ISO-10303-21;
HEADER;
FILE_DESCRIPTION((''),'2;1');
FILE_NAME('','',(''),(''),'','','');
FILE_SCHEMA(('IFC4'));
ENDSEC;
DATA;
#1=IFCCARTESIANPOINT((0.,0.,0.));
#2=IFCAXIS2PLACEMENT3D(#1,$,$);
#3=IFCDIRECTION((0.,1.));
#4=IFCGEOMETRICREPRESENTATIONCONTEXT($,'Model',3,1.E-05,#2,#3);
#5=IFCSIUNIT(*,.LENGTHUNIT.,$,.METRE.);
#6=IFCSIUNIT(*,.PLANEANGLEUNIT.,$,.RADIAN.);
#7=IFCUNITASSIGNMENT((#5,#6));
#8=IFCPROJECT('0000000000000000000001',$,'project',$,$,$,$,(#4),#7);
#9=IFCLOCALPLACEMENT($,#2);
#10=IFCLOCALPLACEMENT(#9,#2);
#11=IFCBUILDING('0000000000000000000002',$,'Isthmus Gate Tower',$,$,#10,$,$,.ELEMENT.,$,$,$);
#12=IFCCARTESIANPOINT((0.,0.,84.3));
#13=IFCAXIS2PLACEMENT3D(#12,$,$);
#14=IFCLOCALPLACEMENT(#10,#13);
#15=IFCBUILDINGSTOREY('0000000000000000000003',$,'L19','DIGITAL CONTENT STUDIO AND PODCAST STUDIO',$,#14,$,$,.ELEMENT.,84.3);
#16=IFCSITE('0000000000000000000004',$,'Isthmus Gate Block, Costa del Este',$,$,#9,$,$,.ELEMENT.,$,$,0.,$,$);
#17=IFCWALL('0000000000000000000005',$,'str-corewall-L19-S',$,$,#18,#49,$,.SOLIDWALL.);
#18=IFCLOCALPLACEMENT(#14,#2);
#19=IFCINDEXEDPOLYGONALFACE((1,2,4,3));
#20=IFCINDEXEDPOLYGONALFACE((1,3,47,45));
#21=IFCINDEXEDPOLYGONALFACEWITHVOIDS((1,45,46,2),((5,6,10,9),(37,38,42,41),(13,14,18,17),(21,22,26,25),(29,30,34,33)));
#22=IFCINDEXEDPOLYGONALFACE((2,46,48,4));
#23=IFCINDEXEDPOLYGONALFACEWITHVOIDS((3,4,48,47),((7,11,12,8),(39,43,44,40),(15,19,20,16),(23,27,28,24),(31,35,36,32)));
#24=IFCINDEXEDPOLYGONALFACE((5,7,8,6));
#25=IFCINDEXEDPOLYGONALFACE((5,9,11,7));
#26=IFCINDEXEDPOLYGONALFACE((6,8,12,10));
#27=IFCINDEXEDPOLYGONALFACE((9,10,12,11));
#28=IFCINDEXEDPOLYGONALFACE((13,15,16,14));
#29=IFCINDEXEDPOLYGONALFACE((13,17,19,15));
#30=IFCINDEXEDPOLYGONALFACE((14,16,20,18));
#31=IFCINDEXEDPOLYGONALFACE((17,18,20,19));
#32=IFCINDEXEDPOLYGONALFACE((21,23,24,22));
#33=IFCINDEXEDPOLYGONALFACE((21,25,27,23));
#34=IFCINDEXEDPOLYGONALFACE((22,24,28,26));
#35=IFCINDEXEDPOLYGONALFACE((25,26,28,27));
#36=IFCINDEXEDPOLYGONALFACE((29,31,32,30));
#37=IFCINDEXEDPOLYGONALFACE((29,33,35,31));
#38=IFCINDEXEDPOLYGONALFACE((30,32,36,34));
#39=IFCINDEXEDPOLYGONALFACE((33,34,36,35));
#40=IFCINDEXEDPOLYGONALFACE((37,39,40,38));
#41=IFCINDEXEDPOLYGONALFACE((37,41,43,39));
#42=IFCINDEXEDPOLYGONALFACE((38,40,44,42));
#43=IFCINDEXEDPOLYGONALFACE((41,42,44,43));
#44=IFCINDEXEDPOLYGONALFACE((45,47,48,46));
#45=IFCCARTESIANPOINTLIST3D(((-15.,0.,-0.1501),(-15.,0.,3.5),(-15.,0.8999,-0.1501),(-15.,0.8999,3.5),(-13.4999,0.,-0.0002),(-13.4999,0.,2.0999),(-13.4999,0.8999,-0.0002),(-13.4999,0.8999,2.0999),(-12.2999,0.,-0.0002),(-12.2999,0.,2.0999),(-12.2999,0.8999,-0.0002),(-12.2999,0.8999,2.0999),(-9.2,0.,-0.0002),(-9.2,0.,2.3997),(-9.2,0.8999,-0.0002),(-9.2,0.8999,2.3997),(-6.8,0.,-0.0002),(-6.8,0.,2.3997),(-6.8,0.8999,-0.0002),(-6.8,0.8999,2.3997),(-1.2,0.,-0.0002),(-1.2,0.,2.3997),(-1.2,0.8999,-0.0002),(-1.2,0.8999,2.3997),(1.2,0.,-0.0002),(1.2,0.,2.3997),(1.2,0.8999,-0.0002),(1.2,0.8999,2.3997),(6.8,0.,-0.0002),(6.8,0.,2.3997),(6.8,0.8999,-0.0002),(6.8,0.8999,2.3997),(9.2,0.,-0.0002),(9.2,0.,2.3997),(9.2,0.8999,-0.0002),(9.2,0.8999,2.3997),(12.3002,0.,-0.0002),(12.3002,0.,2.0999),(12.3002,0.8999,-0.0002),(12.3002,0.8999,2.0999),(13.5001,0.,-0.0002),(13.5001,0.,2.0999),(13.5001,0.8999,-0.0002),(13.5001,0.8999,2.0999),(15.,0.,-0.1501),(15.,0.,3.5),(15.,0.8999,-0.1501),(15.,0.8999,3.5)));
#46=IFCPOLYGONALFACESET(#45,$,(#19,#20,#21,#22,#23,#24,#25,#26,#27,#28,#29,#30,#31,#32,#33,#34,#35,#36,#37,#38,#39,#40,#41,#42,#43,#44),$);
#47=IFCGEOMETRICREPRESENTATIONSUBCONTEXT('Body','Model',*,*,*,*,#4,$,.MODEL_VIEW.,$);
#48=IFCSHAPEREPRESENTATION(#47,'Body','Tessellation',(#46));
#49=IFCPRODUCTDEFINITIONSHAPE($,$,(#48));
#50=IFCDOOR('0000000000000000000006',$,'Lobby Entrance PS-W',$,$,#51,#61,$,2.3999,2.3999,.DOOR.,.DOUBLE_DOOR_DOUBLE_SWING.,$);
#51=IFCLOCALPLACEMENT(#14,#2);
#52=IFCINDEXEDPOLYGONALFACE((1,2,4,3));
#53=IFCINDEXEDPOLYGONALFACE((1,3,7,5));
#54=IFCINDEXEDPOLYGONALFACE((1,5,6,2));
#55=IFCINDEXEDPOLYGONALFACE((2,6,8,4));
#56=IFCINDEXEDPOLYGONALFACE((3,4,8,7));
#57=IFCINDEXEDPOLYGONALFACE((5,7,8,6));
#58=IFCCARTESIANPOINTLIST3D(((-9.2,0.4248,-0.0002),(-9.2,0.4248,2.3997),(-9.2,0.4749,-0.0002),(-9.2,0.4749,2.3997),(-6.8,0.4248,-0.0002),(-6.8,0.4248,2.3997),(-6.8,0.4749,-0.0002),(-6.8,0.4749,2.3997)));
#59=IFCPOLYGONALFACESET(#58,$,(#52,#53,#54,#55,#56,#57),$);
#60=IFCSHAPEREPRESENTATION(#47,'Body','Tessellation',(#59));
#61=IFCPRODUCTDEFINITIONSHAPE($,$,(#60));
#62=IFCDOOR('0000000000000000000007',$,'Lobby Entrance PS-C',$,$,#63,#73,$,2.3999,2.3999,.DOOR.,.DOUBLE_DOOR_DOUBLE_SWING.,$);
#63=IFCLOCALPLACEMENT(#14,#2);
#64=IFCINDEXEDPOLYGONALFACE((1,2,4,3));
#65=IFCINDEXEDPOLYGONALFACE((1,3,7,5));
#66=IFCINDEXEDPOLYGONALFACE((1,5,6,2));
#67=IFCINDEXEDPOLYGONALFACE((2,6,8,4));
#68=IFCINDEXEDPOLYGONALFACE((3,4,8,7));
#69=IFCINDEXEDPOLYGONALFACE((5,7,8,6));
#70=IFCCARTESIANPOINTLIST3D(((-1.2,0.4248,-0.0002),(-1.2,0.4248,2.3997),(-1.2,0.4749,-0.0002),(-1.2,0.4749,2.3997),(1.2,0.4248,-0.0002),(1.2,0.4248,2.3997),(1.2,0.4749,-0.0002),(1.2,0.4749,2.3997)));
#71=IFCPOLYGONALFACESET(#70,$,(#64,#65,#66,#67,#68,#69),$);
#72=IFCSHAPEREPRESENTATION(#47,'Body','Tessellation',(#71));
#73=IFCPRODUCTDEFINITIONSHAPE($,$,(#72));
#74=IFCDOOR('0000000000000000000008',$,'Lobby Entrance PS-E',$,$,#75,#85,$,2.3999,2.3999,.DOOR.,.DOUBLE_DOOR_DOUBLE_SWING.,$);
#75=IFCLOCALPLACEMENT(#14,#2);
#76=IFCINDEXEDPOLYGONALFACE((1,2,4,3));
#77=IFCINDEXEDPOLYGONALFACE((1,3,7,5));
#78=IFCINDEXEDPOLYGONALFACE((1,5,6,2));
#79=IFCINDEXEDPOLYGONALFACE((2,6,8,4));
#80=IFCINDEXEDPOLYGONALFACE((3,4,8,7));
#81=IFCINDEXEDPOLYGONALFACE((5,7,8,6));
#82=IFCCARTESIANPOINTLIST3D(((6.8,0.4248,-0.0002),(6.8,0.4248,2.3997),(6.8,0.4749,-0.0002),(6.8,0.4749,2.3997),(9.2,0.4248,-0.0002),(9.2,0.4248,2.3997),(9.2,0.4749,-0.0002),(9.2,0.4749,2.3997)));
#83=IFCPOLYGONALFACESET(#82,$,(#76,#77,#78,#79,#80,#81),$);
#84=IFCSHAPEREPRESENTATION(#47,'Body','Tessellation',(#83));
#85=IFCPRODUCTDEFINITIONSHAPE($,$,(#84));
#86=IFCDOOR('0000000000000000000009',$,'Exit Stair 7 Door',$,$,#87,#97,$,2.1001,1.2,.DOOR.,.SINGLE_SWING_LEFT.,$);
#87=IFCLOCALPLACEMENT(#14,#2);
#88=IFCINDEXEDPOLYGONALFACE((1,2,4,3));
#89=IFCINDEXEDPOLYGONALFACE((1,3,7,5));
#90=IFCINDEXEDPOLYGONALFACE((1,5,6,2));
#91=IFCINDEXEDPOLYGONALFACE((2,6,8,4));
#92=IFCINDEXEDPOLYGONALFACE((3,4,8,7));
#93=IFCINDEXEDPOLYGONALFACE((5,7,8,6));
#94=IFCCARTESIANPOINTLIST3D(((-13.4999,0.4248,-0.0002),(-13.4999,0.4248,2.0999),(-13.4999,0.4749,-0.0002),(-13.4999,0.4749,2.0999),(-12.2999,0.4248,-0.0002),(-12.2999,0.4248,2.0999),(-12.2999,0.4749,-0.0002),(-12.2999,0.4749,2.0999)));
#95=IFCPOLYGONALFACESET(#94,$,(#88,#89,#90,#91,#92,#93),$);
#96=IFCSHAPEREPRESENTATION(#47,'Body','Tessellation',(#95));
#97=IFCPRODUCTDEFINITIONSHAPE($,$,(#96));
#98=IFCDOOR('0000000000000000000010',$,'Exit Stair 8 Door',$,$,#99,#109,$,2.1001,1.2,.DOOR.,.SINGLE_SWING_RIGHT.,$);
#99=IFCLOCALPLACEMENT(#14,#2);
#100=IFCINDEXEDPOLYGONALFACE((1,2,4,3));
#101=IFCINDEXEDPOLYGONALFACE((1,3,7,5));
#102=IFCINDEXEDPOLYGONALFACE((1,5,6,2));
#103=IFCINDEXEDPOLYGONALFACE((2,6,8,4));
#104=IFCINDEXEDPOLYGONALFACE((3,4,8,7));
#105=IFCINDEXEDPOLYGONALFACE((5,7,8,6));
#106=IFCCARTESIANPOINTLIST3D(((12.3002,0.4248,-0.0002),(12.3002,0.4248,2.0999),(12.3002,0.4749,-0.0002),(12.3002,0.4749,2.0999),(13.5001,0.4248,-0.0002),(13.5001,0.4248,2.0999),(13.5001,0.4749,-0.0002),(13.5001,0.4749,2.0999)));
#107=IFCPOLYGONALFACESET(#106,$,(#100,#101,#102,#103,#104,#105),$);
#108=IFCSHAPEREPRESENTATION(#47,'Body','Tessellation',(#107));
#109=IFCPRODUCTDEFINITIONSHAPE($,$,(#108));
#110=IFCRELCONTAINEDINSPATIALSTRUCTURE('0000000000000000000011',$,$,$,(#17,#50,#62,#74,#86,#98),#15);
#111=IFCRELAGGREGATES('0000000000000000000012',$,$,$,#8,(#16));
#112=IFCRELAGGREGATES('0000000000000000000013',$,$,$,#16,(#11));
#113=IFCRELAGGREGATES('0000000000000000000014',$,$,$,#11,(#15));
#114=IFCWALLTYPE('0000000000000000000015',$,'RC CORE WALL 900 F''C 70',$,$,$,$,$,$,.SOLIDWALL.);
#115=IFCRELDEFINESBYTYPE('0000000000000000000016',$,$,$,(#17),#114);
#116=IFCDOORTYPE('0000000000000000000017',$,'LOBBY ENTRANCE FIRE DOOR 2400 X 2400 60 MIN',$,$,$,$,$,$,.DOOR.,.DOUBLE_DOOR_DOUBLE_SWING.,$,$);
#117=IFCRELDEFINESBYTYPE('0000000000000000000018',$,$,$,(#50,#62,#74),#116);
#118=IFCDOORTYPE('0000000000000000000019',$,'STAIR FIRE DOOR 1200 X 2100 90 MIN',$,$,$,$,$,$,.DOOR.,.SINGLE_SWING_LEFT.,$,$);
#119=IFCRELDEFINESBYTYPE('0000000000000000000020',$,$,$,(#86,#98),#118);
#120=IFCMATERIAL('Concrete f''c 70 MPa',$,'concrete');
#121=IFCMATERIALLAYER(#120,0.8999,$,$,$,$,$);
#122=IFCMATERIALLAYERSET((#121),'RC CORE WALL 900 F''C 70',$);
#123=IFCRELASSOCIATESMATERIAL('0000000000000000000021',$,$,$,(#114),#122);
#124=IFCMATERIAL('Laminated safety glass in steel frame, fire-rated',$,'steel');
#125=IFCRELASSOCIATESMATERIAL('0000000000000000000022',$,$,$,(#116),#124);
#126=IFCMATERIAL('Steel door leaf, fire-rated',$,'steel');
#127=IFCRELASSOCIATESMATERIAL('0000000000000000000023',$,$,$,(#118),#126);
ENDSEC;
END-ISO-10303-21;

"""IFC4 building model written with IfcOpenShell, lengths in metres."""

from ifc_helpers import new_model, si_unit, direction, frame, frame_2d, origin, place, context, subcontext, project, spatial, rectangle, extrude, material, layer, layer_set, type_object, element, fill, save


model = new_model("IFC4")

# Units and contexts
model_context = context("Model", 3, precision=1e-05, world=origin(), true_north=direction((0.0, 1.0)))
body_context = subcontext(model_context, "Body", "Model", "MODEL_VIEW")
ifc_project = project(units=[si_unit("LENGTHUNIT", "METRE"), si_unit("PLANEANGLEUNIT", "RADIAN")], contexts=[model_context])

# Site, building, storey
site_placement = place(None, origin())
site = spatial("IfcSite", under=ifc_project, at=site_placement, Name="Isthmus Gate Block, Costa del Este", CompositionType="ELEMENT", RefElevation=0.0)
building_placement = place(site_placement, origin())
building = spatial("IfcBuilding", under=site, at=building_placement, Name="Isthmus Gate Tower", CompositionType="ELEMENT")
storey_placement = place(building_placement, frame((0.0, 0.0, 84.3)))
storey = spatial("IfcBuildingStorey", under=building, at=storey_placement, Name="L19", Description="DIGITAL CONTENT STUDIO AND PODCAST STUDIO", CompositionType="ELEMENT", Elevation=84.3)

# Wall, openings, doors
ifc_material_1 = material(Name="Concrete f'c 70 MPa", Category="concrete")
ifc_layer_1 = layer(ifc_material_1, 0.8999)
ifc_layer_set_1 = layer_set([ifc_layer_1], Name="RC CORE WALL 900 F'C 70")
wall_type_1 = type_object("IfcWallType", Name="RC CORE WALL 900 F'C 70", PredefinedType="SOLIDWALL", material=ifc_layer_set_1)
wall_1_placement = place(storey_placement, frame((-15.0, 0.45, -0.1501), z_axis=(0.0, 0.0, 1.0), x_axis=(1.0, 0.0, 0.0)))
wall_1 = element("IfcWall", 1, at=wall_1_placement, inside=storey, type_object=wall_type_1, Name="str-corewall-L19-S", PredefinedType="SOLIDWALL", context=body_context, shape_type="SweptSolid", body=[
    extrude(rectangle(XDim=30.0, YDim=0.8999, at=frame_2d((15.0, 0.0))), origin(), (0.0, 0.0, 1.0), 3.6501),
])
opening_1_placement = place(wall_1_placement, frame((5.8, 0.0, 0.1499)))
opening_1 = element("IfcOpeningElement", 2, at=opening_1_placement, cuts=wall_1, PredefinedType="OPENING", context=body_context, shape_type="SweptSolid", body=[
    extrude(rectangle(XDim=2.3999, YDim=2.3999, at=frame_2d((1.2, 1.2))), frame((0.0, 0.46, 0.0), z_axis=(0.0, -1.0, 0.0), x_axis=(1.0, 0.0, 0.0)), (0.0, 0.0, 1.0), 0.9199),
])
opening_2_placement = place(wall_1_placement, frame((13.8, 0.0, 0.1499)))
opening_2 = element("IfcOpeningElement", 3, at=opening_2_placement, cuts=wall_1, PredefinedType="OPENING", context=body_context, shape_type="SweptSolid", body=[
    extrude(rectangle(XDim=2.3999, YDim=2.3999, at=frame_2d((1.2, 1.2))), frame((0.0, 0.46, 0.0), z_axis=(0.0, -1.0, 0.0), x_axis=(1.0, 0.0, 0.0)), (0.0, 0.0, 1.0), 0.9199),
])
opening_3_placement = place(wall_1_placement, frame((21.8, 0.0, 0.1499)))
opening_3 = element("IfcOpeningElement", 4, at=opening_3_placement, cuts=wall_1, PredefinedType="OPENING", context=body_context, shape_type="SweptSolid", body=[
    extrude(rectangle(XDim=2.3999, YDim=2.3999, at=frame_2d((1.2, 1.2))), frame((0.0, 0.46, 0.0), z_axis=(0.0, -1.0, 0.0), x_axis=(1.0, 0.0, 0.0)), (0.0, 0.0, 1.0), 0.9199),
])
opening_4_placement = place(wall_1_placement, frame((1.5, 0.0, 0.1499)))
opening_4 = element("IfcOpeningElement", 5, at=opening_4_placement, cuts=wall_1, PredefinedType="OPENING", context=body_context, shape_type="SweptSolid", body=[
    extrude(rectangle(XDim=1.2, YDim=2.1001, at=frame_2d((0.6001, 1.05))), frame((0.0, 0.46, 0.0), z_axis=(0.0, -1.0, 0.0), x_axis=(1.0, 0.0, 0.0)), (0.0, 0.0, 1.0), 0.9199),
])
opening_5_placement = place(wall_1_placement, frame((27.3, 0.0, 0.1499)))
opening_5 = element("IfcOpeningElement", 6, at=opening_5_placement, cuts=wall_1, PredefinedType="OPENING", context=body_context, shape_type="SweptSolid", body=[
    extrude(rectangle(XDim=1.2, YDim=2.1001, at=frame_2d((0.6001, 1.05))), frame((0.0, 0.46, 0.0), z_axis=(0.0, -1.0, 0.0), x_axis=(1.0, 0.0, 0.0)), (0.0, 0.0, 1.0), 0.9199),
])
ifc_material_2 = material(Name="Laminated safety glass in steel frame, fire-rated", Category="steel")
door_type_1 = type_object("IfcDoorType", Name="LOBBY ENTRANCE FIRE DOOR 2400 X 2400 60 MIN", OperationType="DOUBLE_DOOR_DOUBLE_SWING", PredefinedType="DOOR", material=ifc_material_2)
door_1_placement = place(opening_1_placement, origin())
door_1 = element("IfcDoor", 7, at=door_1_placement, inside=storey, type_object=door_type_1, Name="Lobby Entrance PS-W", OperationType="DOUBLE_DOOR_DOUBLE_SWING", OverallHeight=2.3999, OverallWidth=2.3999, PredefinedType="DOOR", context=body_context, shape_type="SweptSolid", body=[
    extrude(rectangle(XDim=2.3999, YDim=2.3999, at=frame_2d((1.2, 1.2))), frame((0.0, 0.0249, 0.0), z_axis=(0.0, -1.0, 0.0), x_axis=(1.0, 0.0, 0.0)), (0.0, 0.0, 1.0), 0.05),
])
fill(opening_1, door_1)
door_2_placement = place(opening_2_placement, origin())
door_2 = element("IfcDoor", 8, at=door_2_placement, inside=storey, type_object=door_type_1, Name="Lobby Entrance PS-C", OperationType="DOUBLE_DOOR_DOUBLE_SWING", OverallHeight=2.3999, OverallWidth=2.3999, PredefinedType="DOOR", context=body_context, shape_type="SweptSolid", body=[
    extrude(rectangle(XDim=2.3999, YDim=2.3999, at=frame_2d((1.2, 1.2))), frame((0.0, 0.0249, 0.0), z_axis=(0.0, -1.0, 0.0), x_axis=(1.0, 0.0, 0.0)), (0.0, 0.0, 1.0), 0.05),
])
fill(opening_2, door_2)
door_3_placement = place(opening_3_placement, origin())
door_3 = element("IfcDoor", 9, at=door_3_placement, inside=storey, type_object=door_type_1, Name="Lobby Entrance PS-E", OperationType="DOUBLE_DOOR_DOUBLE_SWING", OverallHeight=2.3999, OverallWidth=2.3999, PredefinedType="DOOR", context=body_context, shape_type="SweptSolid", body=[
    extrude(rectangle(XDim=2.3999, YDim=2.3999, at=frame_2d((1.2, 1.2))), frame((0.0, 0.0249, 0.0), z_axis=(0.0, -1.0, 0.0), x_axis=(1.0, 0.0, 0.0)), (0.0, 0.0, 1.0), 0.05),
])
fill(opening_3, door_3)
ifc_material_3 = material(Name="Steel door leaf, fire-rated", Category="steel")
door_type_2 = type_object("IfcDoorType", Name="STAIR FIRE DOOR 1200 X 2100 90 MIN", OperationType="SINGLE_SWING_LEFT", PredefinedType="DOOR", material=ifc_material_3)
door_4_placement = place(opening_4_placement, origin())
door_4 = element("IfcDoor", 10, at=door_4_placement, inside=storey, type_object=door_type_2, Name="Exit Stair 7 Door", OperationType="SINGLE_SWING_LEFT", OverallHeight=2.1001, OverallWidth=1.2, PredefinedType="DOOR", context=body_context, shape_type="SweptSolid", body=[
    extrude(rectangle(XDim=1.2, YDim=2.1001, at=frame_2d((0.6001, 1.05))), frame((0.0, 0.0249, 0.0), z_axis=(0.0, -1.0, 0.0), x_axis=(1.0, 0.0, 0.0)), (0.0, 0.0, 1.0), 0.05),
])
fill(opening_4, door_4)
door_5_placement = place(opening_5_placement, origin())
door_5 = element("IfcDoor", 11, at=door_5_placement, inside=storey, type_object=door_type_2, Name="Exit Stair 8 Door", OperationType="SINGLE_SWING_RIGHT", OverallHeight=2.1001, OverallWidth=1.2, PredefinedType="DOOR", context=body_context, shape_type="SweptSolid", body=[
    extrude(rectangle(XDim=1.2, YDim=2.1001, at=frame_2d((0.6001, 1.05))), frame((0.0, 0.0249, 0.0), z_axis=(0.0, -1.0, 0.0), x_axis=(1.0, 0.0, 0.0)), (0.0, 0.0, 1.0), 0.05),
])
fill(opening_5, door_5)

save(model, "model.ifc")
